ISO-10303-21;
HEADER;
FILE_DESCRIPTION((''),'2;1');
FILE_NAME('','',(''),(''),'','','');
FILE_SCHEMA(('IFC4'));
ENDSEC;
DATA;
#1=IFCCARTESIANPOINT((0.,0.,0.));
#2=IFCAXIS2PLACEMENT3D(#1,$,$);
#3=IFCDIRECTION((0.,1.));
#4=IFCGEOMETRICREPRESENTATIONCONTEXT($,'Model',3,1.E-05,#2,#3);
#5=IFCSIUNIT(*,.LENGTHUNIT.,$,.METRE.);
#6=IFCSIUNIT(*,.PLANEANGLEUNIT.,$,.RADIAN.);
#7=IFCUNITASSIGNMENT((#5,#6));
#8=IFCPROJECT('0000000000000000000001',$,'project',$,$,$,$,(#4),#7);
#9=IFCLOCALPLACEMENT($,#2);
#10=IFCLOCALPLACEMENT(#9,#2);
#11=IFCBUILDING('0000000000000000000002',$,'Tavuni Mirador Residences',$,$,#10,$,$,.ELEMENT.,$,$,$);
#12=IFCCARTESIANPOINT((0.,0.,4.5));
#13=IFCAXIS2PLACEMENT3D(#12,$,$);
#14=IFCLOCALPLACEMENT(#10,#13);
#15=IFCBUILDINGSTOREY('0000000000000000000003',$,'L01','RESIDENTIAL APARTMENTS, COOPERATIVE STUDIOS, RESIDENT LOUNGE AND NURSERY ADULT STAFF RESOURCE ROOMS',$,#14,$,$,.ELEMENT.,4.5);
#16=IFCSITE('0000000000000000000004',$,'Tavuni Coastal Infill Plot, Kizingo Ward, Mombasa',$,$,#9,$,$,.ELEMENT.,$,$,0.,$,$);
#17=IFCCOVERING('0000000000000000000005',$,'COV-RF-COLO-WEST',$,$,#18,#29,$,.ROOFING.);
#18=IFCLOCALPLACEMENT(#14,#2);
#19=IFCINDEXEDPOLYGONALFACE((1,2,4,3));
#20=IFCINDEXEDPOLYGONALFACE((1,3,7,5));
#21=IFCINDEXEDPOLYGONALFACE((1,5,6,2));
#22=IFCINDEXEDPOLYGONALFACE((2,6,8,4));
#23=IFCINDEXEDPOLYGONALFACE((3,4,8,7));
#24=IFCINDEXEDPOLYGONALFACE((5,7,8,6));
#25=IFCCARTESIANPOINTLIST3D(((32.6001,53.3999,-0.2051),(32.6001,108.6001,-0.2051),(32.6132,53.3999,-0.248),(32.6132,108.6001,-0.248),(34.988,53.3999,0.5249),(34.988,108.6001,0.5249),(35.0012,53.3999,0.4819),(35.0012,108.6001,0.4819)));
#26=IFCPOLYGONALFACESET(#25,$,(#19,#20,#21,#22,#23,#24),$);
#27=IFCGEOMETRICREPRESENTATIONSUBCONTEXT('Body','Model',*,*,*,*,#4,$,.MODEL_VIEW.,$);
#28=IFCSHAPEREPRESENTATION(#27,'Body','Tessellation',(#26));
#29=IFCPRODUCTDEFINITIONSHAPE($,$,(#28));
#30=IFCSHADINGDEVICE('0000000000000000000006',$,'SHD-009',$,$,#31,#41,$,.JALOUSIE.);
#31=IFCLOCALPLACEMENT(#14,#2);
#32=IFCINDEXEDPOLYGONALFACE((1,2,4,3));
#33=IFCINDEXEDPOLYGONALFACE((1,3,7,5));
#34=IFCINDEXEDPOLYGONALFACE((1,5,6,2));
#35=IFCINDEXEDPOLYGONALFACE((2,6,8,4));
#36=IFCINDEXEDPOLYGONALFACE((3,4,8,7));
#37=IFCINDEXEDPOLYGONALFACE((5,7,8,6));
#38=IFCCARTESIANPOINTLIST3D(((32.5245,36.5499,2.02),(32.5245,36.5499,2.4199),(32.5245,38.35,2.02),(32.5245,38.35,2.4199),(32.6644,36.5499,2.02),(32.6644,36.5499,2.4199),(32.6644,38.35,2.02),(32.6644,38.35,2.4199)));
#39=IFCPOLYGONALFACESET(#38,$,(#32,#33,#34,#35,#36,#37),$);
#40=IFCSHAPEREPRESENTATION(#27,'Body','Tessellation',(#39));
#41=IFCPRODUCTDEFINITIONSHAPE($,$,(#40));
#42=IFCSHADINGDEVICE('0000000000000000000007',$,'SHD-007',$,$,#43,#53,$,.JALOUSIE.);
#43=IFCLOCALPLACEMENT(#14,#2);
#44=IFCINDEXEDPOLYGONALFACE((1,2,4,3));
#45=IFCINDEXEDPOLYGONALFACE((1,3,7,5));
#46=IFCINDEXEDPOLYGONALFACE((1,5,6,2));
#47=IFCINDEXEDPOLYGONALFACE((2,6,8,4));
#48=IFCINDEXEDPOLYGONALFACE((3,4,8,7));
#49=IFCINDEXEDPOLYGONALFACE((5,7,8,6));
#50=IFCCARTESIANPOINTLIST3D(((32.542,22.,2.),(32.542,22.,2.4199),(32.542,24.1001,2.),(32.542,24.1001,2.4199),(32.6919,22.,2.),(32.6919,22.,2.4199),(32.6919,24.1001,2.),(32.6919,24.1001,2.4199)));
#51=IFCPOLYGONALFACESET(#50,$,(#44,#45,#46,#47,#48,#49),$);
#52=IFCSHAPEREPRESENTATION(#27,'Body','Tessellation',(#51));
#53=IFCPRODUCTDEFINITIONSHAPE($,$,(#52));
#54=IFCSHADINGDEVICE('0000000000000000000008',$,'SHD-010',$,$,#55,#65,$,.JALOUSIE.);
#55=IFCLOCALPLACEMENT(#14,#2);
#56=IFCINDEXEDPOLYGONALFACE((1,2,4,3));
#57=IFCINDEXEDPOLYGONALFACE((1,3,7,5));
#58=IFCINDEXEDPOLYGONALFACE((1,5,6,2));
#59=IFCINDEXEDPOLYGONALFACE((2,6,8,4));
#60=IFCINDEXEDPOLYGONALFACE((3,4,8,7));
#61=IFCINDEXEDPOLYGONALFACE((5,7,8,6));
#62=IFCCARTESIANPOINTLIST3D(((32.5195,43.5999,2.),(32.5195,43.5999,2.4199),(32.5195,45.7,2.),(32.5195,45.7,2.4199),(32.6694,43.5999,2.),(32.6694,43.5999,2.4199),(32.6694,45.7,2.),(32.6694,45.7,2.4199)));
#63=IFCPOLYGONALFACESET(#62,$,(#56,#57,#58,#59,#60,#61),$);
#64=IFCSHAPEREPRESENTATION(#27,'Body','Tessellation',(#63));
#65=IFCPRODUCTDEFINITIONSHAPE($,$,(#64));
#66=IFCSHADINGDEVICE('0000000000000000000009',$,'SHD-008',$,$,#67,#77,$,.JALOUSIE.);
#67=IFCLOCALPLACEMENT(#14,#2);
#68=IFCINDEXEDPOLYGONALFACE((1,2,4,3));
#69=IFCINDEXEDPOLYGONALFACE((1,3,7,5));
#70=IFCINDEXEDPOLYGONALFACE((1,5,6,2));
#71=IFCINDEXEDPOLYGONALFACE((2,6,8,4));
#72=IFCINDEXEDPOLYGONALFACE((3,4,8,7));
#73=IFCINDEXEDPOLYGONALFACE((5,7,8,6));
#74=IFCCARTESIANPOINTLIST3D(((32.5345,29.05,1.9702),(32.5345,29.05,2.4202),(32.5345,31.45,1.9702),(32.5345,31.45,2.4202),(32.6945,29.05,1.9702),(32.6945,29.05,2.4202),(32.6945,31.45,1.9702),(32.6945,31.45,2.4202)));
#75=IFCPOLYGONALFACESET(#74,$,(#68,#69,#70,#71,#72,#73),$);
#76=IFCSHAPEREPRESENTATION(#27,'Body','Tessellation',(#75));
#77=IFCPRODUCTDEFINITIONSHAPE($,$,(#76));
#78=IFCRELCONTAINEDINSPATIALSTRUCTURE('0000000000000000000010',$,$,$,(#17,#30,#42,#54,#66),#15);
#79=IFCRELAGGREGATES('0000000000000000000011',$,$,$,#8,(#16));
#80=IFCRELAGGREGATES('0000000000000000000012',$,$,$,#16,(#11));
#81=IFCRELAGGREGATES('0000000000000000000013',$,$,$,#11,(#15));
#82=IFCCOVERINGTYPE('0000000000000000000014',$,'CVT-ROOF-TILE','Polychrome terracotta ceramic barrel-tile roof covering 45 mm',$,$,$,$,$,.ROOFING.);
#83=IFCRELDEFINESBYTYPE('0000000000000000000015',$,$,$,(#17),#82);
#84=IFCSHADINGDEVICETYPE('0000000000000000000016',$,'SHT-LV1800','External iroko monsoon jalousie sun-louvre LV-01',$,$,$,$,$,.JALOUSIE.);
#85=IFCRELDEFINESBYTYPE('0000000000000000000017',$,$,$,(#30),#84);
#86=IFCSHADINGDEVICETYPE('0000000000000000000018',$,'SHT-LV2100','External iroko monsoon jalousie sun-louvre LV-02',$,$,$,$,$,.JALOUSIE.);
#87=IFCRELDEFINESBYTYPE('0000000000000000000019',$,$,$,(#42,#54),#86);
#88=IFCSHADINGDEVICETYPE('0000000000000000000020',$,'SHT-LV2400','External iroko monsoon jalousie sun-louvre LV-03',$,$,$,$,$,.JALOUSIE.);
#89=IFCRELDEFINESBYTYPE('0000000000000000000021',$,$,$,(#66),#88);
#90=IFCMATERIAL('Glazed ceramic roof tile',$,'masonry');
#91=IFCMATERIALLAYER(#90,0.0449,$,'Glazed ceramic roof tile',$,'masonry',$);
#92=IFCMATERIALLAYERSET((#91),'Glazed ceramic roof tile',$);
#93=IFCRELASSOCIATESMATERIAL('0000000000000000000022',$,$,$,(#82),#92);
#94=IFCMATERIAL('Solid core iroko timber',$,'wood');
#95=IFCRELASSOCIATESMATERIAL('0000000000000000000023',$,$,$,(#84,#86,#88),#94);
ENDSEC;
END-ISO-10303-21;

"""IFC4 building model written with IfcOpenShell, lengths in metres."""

from ifc_helpers import new_model, si_unit, direction, frame, origin, origin_2d, place, context, subcontext, project, spatial, polyline, rectangle, outline, extrude, material, layer, layer_set, type_object, element, save


model = new_model("IFC4")

# Units and contexts
model_context = context("Model", 3, precision=1e-05, world=origin(), true_north=direction((0.0, 1.0)))
body_context = subcontext(model_context, "Body", "Model", "MODEL_VIEW")
ifc_project = project(units=[si_unit("LENGTHUNIT", "METRE"), si_unit("PLANEANGLEUNIT", "RADIAN")], contexts=[model_context])

# Site, building, storey
site_placement = place(None, origin())
site = spatial("IfcSite", under=ifc_project, at=site_placement, Name="Tavuni Coastal Infill Plot, Kizingo Ward, Mombasa", CompositionType="ELEMENT", RefElevation=0.0)
building_placement = place(site_placement, origin())
building = spatial("IfcBuilding", under=site, at=building_placement, Name="Tavuni Mirador Residences", CompositionType="ELEMENT")
storey_placement = place(building_placement, frame((0.0, 0.0, 4.5)))
storey = spatial("IfcBuildingStorey", under=building, at=storey_placement, Name="L01", Description="RESIDENTIAL APARTMENTS, COOPERATIVE STUDIOS, RESIDENT LOUNGE AND NURSERY ADULT STAFF RESOURCE ROOMS", CompositionType="ELEMENT", Elevation=4.5)

# Covering
ifc_material_1 = material(Name="Glazed ceramic roof tile", Category="masonry")
ifc_layer_1 = layer(ifc_material_1, 0.0449, Name="Glazed ceramic roof tile", Category="masonry")
ifc_layer_set_1 = layer_set([ifc_layer_1], Name="Glazed ceramic roof tile")
covering_type = type_object("IfcCoveringType", Name="CVT-ROOF-TILE", Description="Polychrome terracotta ceramic barrel-tile roof covering 45 mm", PredefinedType="ROOFING", material=ifc_layer_set_1)
covering_placement = place(storey_placement, frame((32.6001, 53.3999, -0.2051), z_axis=(-0.29234, 0.0, 0.956314), x_axis=(0.956314, 0.0, 0.29234)))
element("IfcCovering", 1, at=covering_placement, inside=storey, type_object=covering_type, Name="COV-RF-COLO-WEST", PredefinedType="ROOFING", context=body_context, shape_type="SweptSolid", body=[
    extrude(outline(polyline([(0.0, 0.0), (2.497, 0.0), (2.497, 55.2002), (0.0, 55.2002), (0.0, 0.0)])), origin(), (0.0, 0.0, -1.0), 0.0449),
])

# Shading devices
ifc_material_2 = material(Name="Solid core iroko timber", Category="wood")
shading_device_type_1 = type_object("IfcShadingDeviceType", Name="SHT-LV1800", Description="External iroko monsoon jalousie sun-louvre LV-01", PredefinedType="JALOUSIE", material=ifc_material_2)
shading_device_1_placement = place(storey_placement, frame((32.5945, 37.45, 2.02), z_axis=(0.0, 0.0, 1.0), x_axis=(0.0, 1.0, 0.0)))
element("IfcShadingDevice", 2, at=shading_device_1_placement, inside=storey, type_object=shading_device_type_1, Name="SHD-009", PredefinedType="JALOUSIE", context=body_context, shape_type="SweptSolid", body=[
    extrude(rectangle(XDim=1.8, YDim=0.1399, at=origin_2d()), origin(), (0.0, 0.0, 1.0), 0.3999),
])
shading_device_type_2 = type_object("IfcShadingDeviceType", Name="SHT-LV2100", Description="External iroko monsoon jalousie sun-louvre LV-02", PredefinedType="JALOUSIE", material=ifc_material_2)
for number, where, z_axis, x_axis, name in (
    (3, (32.6169, 23.05, 2.0), (0.0, 0.0, 1.0), (0.0, 1.0, 0.0), "SHD-007"),
    (4, (32.5945, 44.6499, 2.0), (0.0, 0.0, 1.0), (0.0, 1.0, 0.0), "SHD-010"),
):
    element("IfcShadingDevice", number, at=place(storey_placement, frame(where, z_axis=z_axis, x_axis=x_axis)), inside=storey, type_object=shading_device_type_2, Name=name, PredefinedType="JALOUSIE", context=body_context, shape_type="SweptSolid", body=[
        extrude(rectangle(XDim=2.1001, YDim=0.1499, at=origin_2d()), origin(), (0.0, 0.0, 1.0), 0.4199),
    ])
shading_device_type_3 = type_object("IfcShadingDeviceType", Name="SHT-LV2400", Description="External iroko monsoon jalousie sun-louvre LV-03", PredefinedType="JALOUSIE", material=ifc_material_2)
shading_device_2_placement = place(storey_placement, frame((32.6145, 30.25, 1.9702), z_axis=(0.0, 0.0, 1.0), x_axis=(0.0, 1.0, 0.0)))
element("IfcShadingDevice", 5, at=shading_device_2_placement, inside=storey, type_object=shading_device_type_3, Name="SHD-008", PredefinedType="JALOUSIE", context=body_context, shape_type="SweptSolid", body=[
    extrude(rectangle(XDim=2.3999, YDim=0.1599, at=origin_2d()), origin(), (0.0, 0.0, 1.0), 0.45),
])

save(model, "model.ifc")
